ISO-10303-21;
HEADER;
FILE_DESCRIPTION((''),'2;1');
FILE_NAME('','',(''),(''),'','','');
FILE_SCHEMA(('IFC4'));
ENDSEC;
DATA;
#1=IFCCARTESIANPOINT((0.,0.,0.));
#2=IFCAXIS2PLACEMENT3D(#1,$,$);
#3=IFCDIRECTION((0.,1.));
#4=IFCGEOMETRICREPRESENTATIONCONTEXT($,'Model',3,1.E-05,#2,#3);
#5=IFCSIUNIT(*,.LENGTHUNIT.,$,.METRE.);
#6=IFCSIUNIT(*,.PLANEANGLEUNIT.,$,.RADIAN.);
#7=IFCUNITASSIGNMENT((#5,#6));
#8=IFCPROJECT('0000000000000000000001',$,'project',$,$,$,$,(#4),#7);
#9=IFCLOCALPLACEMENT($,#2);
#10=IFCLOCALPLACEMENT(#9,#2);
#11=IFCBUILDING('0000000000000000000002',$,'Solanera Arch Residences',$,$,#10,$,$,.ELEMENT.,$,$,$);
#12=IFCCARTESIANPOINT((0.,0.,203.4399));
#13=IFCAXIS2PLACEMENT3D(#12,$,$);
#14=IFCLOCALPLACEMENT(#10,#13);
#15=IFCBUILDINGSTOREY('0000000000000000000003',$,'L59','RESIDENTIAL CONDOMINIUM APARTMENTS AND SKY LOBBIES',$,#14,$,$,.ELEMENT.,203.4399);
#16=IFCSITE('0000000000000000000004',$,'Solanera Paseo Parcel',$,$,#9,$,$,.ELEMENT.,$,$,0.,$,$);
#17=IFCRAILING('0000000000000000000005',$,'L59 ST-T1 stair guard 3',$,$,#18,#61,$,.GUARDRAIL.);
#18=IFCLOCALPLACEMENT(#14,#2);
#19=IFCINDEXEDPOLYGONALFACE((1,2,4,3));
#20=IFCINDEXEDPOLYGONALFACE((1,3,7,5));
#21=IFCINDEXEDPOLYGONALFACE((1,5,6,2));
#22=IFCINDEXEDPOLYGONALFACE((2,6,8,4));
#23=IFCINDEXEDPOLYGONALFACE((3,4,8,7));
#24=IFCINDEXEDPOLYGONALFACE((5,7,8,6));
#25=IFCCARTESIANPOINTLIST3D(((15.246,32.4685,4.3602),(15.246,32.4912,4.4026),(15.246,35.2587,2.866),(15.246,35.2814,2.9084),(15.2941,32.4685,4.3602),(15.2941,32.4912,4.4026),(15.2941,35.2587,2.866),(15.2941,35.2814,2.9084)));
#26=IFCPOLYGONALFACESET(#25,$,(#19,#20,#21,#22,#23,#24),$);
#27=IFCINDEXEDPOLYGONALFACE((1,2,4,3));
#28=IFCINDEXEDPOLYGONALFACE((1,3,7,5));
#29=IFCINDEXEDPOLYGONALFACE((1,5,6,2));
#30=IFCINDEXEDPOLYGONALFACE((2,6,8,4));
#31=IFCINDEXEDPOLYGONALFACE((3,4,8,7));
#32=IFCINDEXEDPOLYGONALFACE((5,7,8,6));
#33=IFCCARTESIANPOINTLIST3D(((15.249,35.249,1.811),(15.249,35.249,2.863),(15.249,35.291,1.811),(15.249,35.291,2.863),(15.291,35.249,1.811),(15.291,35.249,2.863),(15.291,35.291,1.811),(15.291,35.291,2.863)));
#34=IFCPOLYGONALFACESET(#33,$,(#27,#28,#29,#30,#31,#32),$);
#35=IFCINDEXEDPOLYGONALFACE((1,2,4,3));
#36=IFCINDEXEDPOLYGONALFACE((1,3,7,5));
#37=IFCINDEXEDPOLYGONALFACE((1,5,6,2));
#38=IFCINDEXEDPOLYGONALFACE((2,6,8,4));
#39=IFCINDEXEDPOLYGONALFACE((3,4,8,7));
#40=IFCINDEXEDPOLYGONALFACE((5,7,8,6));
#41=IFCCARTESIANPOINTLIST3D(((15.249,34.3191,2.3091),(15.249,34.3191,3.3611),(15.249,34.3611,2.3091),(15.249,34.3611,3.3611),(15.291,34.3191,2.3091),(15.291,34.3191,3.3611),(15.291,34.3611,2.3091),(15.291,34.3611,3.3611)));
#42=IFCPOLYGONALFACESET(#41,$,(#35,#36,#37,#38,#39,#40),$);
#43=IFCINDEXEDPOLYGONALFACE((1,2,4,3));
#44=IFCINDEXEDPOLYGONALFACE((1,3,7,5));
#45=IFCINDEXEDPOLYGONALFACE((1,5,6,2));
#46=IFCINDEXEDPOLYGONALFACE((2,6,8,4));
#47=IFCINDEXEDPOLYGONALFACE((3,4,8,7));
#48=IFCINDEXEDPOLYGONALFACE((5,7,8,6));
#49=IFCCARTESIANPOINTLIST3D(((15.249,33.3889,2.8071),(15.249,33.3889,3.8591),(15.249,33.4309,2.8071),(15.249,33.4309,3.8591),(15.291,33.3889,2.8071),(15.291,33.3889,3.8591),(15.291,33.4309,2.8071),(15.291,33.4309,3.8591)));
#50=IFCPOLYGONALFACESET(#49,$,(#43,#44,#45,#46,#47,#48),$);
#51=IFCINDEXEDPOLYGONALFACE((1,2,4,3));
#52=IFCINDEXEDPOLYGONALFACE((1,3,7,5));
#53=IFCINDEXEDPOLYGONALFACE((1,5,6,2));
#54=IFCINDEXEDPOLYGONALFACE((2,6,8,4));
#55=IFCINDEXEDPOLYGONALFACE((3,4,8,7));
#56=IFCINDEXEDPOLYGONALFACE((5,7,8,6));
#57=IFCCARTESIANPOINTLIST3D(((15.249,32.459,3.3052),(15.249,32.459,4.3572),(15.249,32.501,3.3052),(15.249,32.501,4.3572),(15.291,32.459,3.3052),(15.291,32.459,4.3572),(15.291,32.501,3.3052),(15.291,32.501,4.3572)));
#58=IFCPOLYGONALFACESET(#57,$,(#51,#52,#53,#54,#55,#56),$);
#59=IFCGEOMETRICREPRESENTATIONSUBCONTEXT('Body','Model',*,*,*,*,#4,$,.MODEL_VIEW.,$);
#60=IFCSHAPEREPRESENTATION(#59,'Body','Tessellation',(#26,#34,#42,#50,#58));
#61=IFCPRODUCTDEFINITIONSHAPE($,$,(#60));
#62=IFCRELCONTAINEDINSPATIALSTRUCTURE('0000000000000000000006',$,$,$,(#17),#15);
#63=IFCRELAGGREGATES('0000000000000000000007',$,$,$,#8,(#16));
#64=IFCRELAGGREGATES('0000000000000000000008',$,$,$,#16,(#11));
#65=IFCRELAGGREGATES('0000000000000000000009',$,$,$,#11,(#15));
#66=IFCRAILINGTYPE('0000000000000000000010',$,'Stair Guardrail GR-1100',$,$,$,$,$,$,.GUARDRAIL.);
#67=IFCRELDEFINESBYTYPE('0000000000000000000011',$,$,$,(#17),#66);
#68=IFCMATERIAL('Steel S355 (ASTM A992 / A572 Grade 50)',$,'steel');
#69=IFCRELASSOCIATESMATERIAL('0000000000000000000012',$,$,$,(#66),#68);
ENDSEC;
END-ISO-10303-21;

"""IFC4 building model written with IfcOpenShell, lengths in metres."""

from ifc_helpers import new_model, si_unit, direction, frame, origin, origin_2d, place, context, subcontext, project, spatial, rectangle, extrude, material, type_object, element, save


model = new_model("IFC4")

# Units and contexts
model_context = context("Model", 3, precision=1e-05, world=origin(), true_north=direction((0.0, 1.0)))
body_context = subcontext(model_context, "Body", "Model", "MODEL_VIEW")
ifc_project = project(units=[si_unit("LENGTHUNIT", "METRE"), si_unit("PLANEANGLEUNIT", "RADIAN")], contexts=[model_context])

# Site, building, storey
site_placement = place(None, origin())
site = spatial("IfcSite", under=ifc_project, at=site_placement, Name="Solanera Paseo Parcel", CompositionType="ELEMENT", RefElevation=0.0)
building_placement = place(site_placement, origin())
building = spatial("IfcBuilding", under=site, at=building_placement, Name="Solanera Arch Residences", CompositionType="ELEMENT")
storey_placement = place(building_placement, frame((0.0, 0.0, 203.4399)))
storey = spatial("IfcBuildingStorey", under=building, at=storey_placement, Name="L59", Description="RESIDENTIAL CONDOMINIUM APARTMENTS AND SKY LOBBIES", CompositionType="ELEMENT", Elevation=203.4399)

# Railing
ifc_material_1 = material(Name="Steel S355 (ASTM A992 / A572 Grade 50)", Category="steel")
railing_type = type_object("IfcRailingType", Name="Stair Guardrail GR-1100", PredefinedType="GUARDRAIL", material=ifc_material_1)
railing_1_placement = place(storey_placement, frame((15.27, 35.27, 1.811)))
element("IfcRailing", 1, at=railing_1_placement, inside=storey, type_object=railing_type, Name="L59 ST-T1 stair guard 3", PredefinedType="GUARDRAIL", context=body_context, shape_type="SweptSolid", body=[
    extrude(rectangle(XDim=0.0481, YDim=0.0481, at=origin_2d()), frame((0.0, 0.0, 1.0762), z_axis=(0.0, -0.881549, 0.472093), x_axis=(1.0, 0.0, 0.0)), (0.0, 0.0, 1.0), 3.165),
    extrude(rectangle(XDim=0.042, YDim=0.042, at=origin_2d()), origin(), (0.0, 0.0, 1.0), 1.052),
    extrude(rectangle(XDim=0.042, YDim=0.042, at=origin_2d()), frame((0.0, -0.9299, 0.498)), (0.0, 0.0, 1.0), 1.052),
    extrude(rectangle(XDim=0.042, YDim=0.042, at=origin_2d()), frame((0.0, -1.8601, 0.9961)), (0.0, 0.0, 1.0), 1.052),
    extrude(rectangle(XDim=0.042, YDim=0.042, at=origin_2d()), frame((0.0, -2.79, 1.4941)), (0.0, 0.0, 1.0), 1.052),
])

save(model, "model.ifc")
